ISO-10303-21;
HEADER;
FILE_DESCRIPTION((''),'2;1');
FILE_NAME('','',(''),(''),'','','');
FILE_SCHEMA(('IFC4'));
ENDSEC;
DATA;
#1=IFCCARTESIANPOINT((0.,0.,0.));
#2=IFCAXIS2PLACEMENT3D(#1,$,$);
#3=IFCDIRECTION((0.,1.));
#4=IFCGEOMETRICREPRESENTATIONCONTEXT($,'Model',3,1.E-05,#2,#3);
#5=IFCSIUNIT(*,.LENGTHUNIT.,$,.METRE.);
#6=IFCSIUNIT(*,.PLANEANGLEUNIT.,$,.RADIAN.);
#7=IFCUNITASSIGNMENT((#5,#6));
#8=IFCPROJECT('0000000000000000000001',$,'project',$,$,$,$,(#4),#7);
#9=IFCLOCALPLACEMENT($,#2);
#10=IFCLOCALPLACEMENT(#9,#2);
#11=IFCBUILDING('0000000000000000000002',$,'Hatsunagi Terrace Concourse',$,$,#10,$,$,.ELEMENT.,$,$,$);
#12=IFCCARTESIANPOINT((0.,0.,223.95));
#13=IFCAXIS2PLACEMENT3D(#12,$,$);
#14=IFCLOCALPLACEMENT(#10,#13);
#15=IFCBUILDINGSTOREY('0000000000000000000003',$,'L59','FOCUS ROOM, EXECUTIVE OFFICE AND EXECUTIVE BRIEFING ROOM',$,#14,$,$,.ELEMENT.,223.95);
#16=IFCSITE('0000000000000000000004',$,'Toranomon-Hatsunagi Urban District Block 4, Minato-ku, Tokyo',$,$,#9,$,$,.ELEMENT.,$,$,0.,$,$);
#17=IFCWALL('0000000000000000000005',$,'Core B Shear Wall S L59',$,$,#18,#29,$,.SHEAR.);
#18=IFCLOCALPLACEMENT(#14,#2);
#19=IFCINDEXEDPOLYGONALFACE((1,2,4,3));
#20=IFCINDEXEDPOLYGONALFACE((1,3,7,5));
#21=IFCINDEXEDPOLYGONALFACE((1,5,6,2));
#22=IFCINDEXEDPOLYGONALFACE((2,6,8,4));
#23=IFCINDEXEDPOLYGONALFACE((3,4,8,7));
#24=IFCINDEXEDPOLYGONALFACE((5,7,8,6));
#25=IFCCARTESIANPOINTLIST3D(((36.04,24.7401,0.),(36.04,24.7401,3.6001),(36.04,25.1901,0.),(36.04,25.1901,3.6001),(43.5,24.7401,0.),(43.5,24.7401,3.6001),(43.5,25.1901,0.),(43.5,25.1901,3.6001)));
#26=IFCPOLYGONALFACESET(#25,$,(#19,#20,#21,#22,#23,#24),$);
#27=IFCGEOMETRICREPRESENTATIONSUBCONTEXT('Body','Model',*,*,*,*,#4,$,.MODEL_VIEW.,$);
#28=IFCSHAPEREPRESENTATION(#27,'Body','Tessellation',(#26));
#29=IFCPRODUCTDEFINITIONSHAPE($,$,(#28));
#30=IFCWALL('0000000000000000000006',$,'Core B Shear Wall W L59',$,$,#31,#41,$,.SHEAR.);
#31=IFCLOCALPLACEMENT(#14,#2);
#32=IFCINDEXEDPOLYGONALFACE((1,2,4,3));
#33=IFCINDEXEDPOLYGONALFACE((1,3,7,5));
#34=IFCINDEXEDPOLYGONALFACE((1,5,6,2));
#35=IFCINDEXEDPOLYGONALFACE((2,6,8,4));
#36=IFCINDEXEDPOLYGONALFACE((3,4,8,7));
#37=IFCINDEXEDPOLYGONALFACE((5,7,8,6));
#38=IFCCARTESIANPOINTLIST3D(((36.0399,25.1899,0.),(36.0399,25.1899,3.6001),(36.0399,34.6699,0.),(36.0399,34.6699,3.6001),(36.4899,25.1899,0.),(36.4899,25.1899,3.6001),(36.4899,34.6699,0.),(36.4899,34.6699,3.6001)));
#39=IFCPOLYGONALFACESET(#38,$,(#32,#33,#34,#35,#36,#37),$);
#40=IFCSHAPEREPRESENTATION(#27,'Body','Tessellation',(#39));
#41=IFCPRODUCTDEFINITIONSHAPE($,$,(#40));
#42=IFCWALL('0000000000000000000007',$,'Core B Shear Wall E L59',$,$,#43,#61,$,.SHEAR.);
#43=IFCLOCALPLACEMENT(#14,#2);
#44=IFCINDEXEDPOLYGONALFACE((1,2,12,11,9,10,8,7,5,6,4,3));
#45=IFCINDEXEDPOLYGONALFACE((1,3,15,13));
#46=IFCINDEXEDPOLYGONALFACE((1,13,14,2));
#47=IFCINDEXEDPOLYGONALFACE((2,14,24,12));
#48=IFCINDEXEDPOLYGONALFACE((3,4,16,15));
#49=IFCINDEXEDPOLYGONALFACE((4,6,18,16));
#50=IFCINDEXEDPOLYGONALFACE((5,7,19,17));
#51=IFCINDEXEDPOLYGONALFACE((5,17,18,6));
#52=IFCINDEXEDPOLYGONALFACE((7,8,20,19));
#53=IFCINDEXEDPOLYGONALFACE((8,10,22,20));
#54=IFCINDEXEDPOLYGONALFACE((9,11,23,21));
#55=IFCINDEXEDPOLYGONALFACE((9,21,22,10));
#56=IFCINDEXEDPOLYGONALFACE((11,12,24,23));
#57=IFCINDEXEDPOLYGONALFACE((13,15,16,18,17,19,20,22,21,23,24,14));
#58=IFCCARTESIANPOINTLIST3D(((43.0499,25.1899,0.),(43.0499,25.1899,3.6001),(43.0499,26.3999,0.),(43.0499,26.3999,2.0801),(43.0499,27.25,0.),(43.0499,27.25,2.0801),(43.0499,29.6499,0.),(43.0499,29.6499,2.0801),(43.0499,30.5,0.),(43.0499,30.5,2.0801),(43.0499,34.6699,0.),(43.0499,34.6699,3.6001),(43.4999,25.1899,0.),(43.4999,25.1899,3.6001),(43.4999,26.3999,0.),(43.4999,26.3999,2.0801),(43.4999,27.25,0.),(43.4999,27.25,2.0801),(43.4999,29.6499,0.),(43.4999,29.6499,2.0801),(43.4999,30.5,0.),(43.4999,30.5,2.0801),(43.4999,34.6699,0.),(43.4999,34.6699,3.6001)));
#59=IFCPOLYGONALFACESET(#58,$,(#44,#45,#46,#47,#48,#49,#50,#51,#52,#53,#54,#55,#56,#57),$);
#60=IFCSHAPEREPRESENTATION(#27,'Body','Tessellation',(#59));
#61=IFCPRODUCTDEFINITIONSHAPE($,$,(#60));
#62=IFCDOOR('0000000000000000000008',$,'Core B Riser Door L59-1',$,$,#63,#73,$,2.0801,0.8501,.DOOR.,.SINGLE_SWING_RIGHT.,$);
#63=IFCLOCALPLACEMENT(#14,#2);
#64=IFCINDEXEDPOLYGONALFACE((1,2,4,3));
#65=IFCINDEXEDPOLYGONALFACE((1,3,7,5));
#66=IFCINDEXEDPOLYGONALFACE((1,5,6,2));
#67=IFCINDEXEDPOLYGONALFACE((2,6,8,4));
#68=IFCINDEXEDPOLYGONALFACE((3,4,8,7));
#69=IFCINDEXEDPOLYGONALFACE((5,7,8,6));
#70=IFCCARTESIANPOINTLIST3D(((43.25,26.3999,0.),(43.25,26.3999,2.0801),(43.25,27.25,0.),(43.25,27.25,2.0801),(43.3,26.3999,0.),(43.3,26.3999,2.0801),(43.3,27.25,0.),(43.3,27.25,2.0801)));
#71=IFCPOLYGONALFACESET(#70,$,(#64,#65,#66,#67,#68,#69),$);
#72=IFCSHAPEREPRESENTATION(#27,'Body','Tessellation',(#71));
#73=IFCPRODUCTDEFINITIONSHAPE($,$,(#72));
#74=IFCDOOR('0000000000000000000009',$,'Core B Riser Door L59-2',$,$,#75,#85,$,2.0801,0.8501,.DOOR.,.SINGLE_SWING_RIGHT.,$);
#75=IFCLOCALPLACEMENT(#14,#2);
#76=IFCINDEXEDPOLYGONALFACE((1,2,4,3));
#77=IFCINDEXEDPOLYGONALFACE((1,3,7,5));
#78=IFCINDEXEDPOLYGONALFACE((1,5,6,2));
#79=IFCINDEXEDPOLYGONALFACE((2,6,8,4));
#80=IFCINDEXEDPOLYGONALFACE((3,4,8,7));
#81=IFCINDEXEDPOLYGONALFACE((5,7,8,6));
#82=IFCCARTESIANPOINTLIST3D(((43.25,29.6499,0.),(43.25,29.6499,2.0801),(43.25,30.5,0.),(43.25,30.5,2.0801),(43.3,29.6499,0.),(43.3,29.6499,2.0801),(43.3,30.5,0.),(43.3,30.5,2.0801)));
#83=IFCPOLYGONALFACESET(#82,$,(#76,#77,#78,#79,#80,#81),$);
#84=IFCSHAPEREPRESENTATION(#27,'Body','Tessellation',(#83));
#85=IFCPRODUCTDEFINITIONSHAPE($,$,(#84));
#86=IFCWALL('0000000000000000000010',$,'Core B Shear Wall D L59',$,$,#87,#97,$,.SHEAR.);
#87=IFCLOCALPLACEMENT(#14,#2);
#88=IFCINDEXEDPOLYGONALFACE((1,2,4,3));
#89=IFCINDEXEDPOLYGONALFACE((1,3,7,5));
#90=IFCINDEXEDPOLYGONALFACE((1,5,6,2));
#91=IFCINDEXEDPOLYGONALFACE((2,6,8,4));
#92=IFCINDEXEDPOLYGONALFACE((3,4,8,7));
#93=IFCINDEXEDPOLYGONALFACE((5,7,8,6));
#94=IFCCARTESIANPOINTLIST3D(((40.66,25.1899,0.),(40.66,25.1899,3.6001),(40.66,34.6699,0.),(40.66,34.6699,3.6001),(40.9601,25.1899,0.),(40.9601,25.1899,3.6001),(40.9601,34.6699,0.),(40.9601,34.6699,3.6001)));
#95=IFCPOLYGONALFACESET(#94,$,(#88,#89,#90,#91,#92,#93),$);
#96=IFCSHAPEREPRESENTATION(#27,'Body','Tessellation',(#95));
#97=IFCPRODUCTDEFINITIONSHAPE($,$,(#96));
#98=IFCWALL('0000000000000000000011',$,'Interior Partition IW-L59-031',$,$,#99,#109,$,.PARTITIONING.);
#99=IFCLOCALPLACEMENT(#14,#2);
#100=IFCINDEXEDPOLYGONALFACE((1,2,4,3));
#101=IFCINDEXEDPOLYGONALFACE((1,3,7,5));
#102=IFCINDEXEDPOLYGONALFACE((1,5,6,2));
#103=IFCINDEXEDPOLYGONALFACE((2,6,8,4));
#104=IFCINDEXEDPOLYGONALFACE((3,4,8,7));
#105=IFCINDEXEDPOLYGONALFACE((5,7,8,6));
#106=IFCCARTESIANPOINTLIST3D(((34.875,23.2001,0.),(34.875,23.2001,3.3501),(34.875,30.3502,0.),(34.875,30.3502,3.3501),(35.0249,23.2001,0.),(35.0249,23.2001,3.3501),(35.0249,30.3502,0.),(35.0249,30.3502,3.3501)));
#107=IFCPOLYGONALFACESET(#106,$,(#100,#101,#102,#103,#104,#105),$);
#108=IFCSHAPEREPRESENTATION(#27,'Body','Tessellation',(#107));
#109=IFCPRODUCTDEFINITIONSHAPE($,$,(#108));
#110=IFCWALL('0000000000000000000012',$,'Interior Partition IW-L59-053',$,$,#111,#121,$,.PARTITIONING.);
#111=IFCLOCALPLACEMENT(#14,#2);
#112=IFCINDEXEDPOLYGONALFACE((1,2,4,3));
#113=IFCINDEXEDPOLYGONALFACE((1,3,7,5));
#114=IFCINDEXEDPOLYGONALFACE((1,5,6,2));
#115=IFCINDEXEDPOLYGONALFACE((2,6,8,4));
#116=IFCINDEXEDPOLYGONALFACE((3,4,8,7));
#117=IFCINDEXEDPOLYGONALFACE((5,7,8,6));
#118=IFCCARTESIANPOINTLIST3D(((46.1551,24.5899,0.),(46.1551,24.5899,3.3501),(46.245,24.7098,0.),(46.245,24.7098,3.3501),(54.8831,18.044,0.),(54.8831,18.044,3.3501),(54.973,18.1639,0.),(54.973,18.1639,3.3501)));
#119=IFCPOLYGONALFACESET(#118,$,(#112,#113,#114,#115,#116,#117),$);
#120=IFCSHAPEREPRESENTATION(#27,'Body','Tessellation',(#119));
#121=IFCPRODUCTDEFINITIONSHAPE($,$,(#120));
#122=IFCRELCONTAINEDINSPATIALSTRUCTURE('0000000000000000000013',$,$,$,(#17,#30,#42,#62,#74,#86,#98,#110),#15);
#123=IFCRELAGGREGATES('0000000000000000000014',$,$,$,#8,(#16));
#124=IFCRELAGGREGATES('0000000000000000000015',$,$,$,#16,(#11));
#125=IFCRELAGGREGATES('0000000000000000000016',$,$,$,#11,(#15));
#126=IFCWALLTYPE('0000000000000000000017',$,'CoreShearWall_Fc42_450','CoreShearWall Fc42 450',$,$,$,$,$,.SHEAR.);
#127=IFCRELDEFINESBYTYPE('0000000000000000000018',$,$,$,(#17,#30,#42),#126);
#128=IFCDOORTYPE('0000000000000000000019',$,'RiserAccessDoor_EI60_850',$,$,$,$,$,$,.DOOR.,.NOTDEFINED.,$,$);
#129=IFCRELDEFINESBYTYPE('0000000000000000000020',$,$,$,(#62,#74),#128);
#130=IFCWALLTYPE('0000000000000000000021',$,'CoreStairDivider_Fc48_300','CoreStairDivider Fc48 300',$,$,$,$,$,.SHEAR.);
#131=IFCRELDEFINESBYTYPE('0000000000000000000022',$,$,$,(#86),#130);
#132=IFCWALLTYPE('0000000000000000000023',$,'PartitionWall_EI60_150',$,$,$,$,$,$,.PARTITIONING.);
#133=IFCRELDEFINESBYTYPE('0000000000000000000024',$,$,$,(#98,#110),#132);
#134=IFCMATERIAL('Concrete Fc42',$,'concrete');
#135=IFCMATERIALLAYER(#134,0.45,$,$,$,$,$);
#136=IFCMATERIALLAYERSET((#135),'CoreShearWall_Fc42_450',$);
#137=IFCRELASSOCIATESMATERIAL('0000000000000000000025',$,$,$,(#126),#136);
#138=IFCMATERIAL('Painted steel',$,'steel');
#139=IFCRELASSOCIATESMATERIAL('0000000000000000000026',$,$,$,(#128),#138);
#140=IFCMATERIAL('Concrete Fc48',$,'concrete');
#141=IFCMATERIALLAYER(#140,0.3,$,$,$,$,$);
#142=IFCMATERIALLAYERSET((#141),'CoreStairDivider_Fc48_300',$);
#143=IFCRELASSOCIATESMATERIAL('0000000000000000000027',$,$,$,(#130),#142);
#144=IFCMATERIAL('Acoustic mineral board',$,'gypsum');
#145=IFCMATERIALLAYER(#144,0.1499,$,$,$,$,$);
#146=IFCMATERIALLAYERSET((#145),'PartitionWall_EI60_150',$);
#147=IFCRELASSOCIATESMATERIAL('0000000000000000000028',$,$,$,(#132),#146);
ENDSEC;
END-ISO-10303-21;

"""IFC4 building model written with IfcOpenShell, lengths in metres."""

from ifc_helpers import new_model, si_unit, direction, frame, frame_2d, origin, place, context, subcontext, project, spatial, rectangle, extrude, material, layer, layer_set, type_object, element, fill, save


model = new_model("IFC4")

# Units and contexts
model_context = context("Model", 3, precision=1e-05, world=origin(), true_north=direction((0.0, 1.0)))
body_context = subcontext(model_context, "Body", "Model", "MODEL_VIEW")
ifc_project = project(units=[si_unit("LENGTHUNIT", "METRE"), si_unit("PLANEANGLEUNIT", "RADIAN")], contexts=[model_context])

# Site, building, storey
site_placement = place(None, origin())
site = spatial("IfcSite", under=ifc_project, at=site_placement, Name="Toranomon-Hatsunagi Urban District Block 4, Minato-ku, Tokyo", CompositionType="ELEMENT", RefElevation=0.0)
building_placement = place(site_placement, origin())
building = spatial("IfcBuilding", under=site, at=building_placement, Name="Hatsunagi Terrace Concourse", CompositionType="ELEMENT")
storey_placement = place(building_placement, frame((0.0, 0.0, 223.95)))
storey = spatial("IfcBuildingStorey", under=building, at=storey_placement, Name="L59", Description="FOCUS ROOM, EXECUTIVE OFFICE AND EXECUTIVE BRIEFING ROOM", CompositionType="ELEMENT", Elevation=223.95)

# Walls
ifc_material_1 = material(Name="Concrete Fc42", Category="concrete")
ifc_layer_1 = layer(ifc_material_1, 0.45)
ifc_layer_set_1 = layer_set([ifc_layer_1], Name="CoreShearWall_Fc42_450")
wall_type_1 = type_object("IfcWallType", Name="CoreShearWall_Fc42_450", Description="CoreShearWall Fc42 450", PredefinedType="SHEAR", material=ifc_layer_set_1)
wall_1_placement = place(storey_placement, frame((36.04, 24.9651, 0.0), z_axis=(0.0, 0.0, 1.0), x_axis=(1.0, 0.0, 0.0)))
element("IfcWall", 1, at=wall_1_placement, inside=storey, type_object=wall_type_1, Name="Core B Shear Wall S L59", PredefinedType="SHEAR", context=body_context, shape_type="SweptSolid", body=[
    extrude(rectangle(XDim=7.46, YDim=0.45, at=frame_2d((3.73, 0.0))), origin(), (0.0, 0.0, 1.0), 3.6001),
])
wall_2_placement = place(storey_placement, frame((36.2649, 25.1899, 0.0), z_axis=(0.0, 0.0, 1.0), x_axis=(0.0, 1.0, 0.0)))
element("IfcWall", 2, at=wall_2_placement, inside=storey, type_object=wall_type_1, Name="Core B Shear Wall W L59", PredefinedType="SHEAR", context=body_context, shape_type="SweptSolid", body=[
    extrude(rectangle(XDim=9.48, YDim=0.45, at=frame_2d((4.74, 0.0))), origin(), (0.0, 0.0, 1.0), 3.6001),
])

# Wall, openings, doors
wall_3_placement = place(storey_placement, frame((43.2749, 25.1899, 0.0), z_axis=(0.0, 0.0, 1.0), x_axis=(0.0, 1.0, 0.0)))
wall_3 = element("IfcWall", 3, at=wall_3_placement, inside=storey, type_object=wall_type_1, Name="Core B Shear Wall E L59", PredefinedType="SHEAR", context=body_context, shape_type="SweptSolid", body=[
    extrude(rectangle(XDim=9.48, YDim=0.45, at=frame_2d((4.74, 0.0))), origin(), (0.0, 0.0, 1.0), 3.6001),
])
opening_1_placement = place(wall_3_placement, frame((1.21, 0.0, 0.0)))
opening_1 = element("IfcOpeningElement", 4, at=opening_1_placement, cuts=wall_3, PredefinedType="OPENING", context=body_context, shape_type="SweptSolid", body=[
    extrude(rectangle(XDim=0.8501, YDim=2.0801, at=frame_2d((0.425, 1.04))), frame((0.0, 0.2349, 0.0), z_axis=(0.0, -1.0, 0.0), x_axis=(1.0, 0.0, 0.0)), (0.0, 0.0, 1.0), 0.47),
])
opening_2_placement = place(wall_3_placement, frame((4.46, 0.0, 0.0)))
opening_2 = element("IfcOpeningElement", 5, at=opening_2_placement, cuts=wall_3, PredefinedType="OPENING", context=body_context, shape_type="SweptSolid", body=[
    extrude(rectangle(XDim=0.8501, YDim=2.0801, at=frame_2d((0.425, 1.04))), frame((0.0, 0.2349, 0.0), z_axis=(0.0, -1.0, 0.0), x_axis=(1.0, 0.0, 0.0)), (0.0, 0.0, 1.0), 0.47),
])
ifc_material_2 = material(Name="Painted steel", Category="steel")
door_type_1 = type_object("IfcDoorType", Name="RiserAccessDoor_EI60_850", OperationType="NOTDEFINED", PredefinedType="DOOR", material=ifc_material_2)
door_1_placement = place(opening_1_placement, origin())
door_1 = element("IfcDoor", 6, at=door_1_placement, inside=storey, type_object=door_type_1, Name="Core B Riser Door L59-1", OperationType="SINGLE_SWING_RIGHT", OverallHeight=2.0801, OverallWidth=0.8501, PredefinedType="DOOR", context=body_context, shape_type="SweptSolid", body=[
    extrude(rectangle(XDim=0.8501, YDim=2.0801, at=frame_2d((0.425, 1.04))), frame((0.0, 0.0249, 0.0), z_axis=(0.0, -1.0, 0.0), x_axis=(1.0, 0.0, 0.0)), (0.0, 0.0, 1.0), 0.05),
])
fill(opening_1, door_1)
door_2_placement = place(opening_2_placement, origin())
door_2 = element("IfcDoor", 7, at=door_2_placement, inside=storey, type_object=door_type_1, Name="Core B Riser Door L59-2", OperationType="SINGLE_SWING_RIGHT", OverallHeight=2.0801, OverallWidth=0.8501, PredefinedType="DOOR", context=body_context, shape_type="SweptSolid", body=[
    extrude(rectangle(XDim=0.8501, YDim=2.0801, at=frame_2d((0.425, 1.04))), frame((0.0, 0.0249, 0.0), z_axis=(0.0, -1.0, 0.0), x_axis=(1.0, 0.0, 0.0)), (0.0, 0.0, 1.0), 0.05),
])
fill(opening_2, door_2)

# Walls
ifc_material_3 = material(Name="Concrete Fc48", Category="concrete")
ifc_layer_2 = layer(ifc_material_3, 0.3)
ifc_layer_set_2 = layer_set([ifc_layer_2], Name="CoreStairDivider_Fc48_300")
wall_type_2 = type_object("IfcWallType", Name="CoreStairDivider_Fc48_300", Description="CoreStairDivider Fc48 300", PredefinedType="SHEAR", material=ifc_layer_set_2)
wall_4_placement = place(storey_placement, frame((40.8101, 25.1899, 0.0), z_axis=(0.0, 0.0, 1.0), x_axis=(0.0, 1.0, 0.0)))
element("IfcWall", 8, at=wall_4_placement, inside=storey, type_object=wall_type_2, Name="Core B Shear Wall D L59", PredefinedType="SHEAR", context=body_context, shape_type="SweptSolid", body=[
    extrude(rectangle(XDim=9.48, YDim=0.3, at=frame_2d((4.74, 0.0))), origin(), (0.0, 0.0, 1.0), 3.6001),
])
ifc_material_4 = material(Name="Acoustic mineral board", Category="gypsum")
ifc_layer_3 = layer(ifc_material_4, 0.1499)
ifc_layer_set_3 = layer_set([ifc_layer_3], Name="PartitionWall_EI60_150")
wall_type_3 = type_object("IfcWallType", Name="PartitionWall_EI60_150", PredefinedType="PARTITIONING", material=ifc_layer_set_3)
wall_5_placement = place(storey_placement, frame((34.95, 23.2, 0.0), z_axis=(0.0, 0.0, 1.0), x_axis=(0.0, 1.0, 0.0)))
element("IfcWall", 9, at=wall_5_placement, inside=storey, type_object=wall_type_3, Name="Interior Partition IW-L59-031", PredefinedType="PARTITIONING", context=body_context, shape_type="SweptSolid", body=[
    extrude(rectangle(XDim=7.1501, YDim=0.1499, at=frame_2d((3.5752, 0.0))), origin(), (0.0, 0.0, 1.0), 3.3501),
])
wall_6_placement = place(storey_placement, frame((46.2, 24.6499, 0.0), z_axis=(0.0, 0.0, 1.0), x_axis=(0.800005, -0.599993, 0.0)))
element("IfcWall", 10, at=wall_6_placement, inside=storey, type_object=wall_type_3, Name="Interior Partition IW-L59-053", PredefinedType="PARTITIONING", context=body_context, shape_type="SweptSolid", body=[
    extrude(rectangle(XDim=10.9099, YDim=0.1499, at=frame_2d((5.4551, 0.0))), origin(), (0.0, 0.0, 1.0), 3.3501),
])

save(model, "model.ifc")
